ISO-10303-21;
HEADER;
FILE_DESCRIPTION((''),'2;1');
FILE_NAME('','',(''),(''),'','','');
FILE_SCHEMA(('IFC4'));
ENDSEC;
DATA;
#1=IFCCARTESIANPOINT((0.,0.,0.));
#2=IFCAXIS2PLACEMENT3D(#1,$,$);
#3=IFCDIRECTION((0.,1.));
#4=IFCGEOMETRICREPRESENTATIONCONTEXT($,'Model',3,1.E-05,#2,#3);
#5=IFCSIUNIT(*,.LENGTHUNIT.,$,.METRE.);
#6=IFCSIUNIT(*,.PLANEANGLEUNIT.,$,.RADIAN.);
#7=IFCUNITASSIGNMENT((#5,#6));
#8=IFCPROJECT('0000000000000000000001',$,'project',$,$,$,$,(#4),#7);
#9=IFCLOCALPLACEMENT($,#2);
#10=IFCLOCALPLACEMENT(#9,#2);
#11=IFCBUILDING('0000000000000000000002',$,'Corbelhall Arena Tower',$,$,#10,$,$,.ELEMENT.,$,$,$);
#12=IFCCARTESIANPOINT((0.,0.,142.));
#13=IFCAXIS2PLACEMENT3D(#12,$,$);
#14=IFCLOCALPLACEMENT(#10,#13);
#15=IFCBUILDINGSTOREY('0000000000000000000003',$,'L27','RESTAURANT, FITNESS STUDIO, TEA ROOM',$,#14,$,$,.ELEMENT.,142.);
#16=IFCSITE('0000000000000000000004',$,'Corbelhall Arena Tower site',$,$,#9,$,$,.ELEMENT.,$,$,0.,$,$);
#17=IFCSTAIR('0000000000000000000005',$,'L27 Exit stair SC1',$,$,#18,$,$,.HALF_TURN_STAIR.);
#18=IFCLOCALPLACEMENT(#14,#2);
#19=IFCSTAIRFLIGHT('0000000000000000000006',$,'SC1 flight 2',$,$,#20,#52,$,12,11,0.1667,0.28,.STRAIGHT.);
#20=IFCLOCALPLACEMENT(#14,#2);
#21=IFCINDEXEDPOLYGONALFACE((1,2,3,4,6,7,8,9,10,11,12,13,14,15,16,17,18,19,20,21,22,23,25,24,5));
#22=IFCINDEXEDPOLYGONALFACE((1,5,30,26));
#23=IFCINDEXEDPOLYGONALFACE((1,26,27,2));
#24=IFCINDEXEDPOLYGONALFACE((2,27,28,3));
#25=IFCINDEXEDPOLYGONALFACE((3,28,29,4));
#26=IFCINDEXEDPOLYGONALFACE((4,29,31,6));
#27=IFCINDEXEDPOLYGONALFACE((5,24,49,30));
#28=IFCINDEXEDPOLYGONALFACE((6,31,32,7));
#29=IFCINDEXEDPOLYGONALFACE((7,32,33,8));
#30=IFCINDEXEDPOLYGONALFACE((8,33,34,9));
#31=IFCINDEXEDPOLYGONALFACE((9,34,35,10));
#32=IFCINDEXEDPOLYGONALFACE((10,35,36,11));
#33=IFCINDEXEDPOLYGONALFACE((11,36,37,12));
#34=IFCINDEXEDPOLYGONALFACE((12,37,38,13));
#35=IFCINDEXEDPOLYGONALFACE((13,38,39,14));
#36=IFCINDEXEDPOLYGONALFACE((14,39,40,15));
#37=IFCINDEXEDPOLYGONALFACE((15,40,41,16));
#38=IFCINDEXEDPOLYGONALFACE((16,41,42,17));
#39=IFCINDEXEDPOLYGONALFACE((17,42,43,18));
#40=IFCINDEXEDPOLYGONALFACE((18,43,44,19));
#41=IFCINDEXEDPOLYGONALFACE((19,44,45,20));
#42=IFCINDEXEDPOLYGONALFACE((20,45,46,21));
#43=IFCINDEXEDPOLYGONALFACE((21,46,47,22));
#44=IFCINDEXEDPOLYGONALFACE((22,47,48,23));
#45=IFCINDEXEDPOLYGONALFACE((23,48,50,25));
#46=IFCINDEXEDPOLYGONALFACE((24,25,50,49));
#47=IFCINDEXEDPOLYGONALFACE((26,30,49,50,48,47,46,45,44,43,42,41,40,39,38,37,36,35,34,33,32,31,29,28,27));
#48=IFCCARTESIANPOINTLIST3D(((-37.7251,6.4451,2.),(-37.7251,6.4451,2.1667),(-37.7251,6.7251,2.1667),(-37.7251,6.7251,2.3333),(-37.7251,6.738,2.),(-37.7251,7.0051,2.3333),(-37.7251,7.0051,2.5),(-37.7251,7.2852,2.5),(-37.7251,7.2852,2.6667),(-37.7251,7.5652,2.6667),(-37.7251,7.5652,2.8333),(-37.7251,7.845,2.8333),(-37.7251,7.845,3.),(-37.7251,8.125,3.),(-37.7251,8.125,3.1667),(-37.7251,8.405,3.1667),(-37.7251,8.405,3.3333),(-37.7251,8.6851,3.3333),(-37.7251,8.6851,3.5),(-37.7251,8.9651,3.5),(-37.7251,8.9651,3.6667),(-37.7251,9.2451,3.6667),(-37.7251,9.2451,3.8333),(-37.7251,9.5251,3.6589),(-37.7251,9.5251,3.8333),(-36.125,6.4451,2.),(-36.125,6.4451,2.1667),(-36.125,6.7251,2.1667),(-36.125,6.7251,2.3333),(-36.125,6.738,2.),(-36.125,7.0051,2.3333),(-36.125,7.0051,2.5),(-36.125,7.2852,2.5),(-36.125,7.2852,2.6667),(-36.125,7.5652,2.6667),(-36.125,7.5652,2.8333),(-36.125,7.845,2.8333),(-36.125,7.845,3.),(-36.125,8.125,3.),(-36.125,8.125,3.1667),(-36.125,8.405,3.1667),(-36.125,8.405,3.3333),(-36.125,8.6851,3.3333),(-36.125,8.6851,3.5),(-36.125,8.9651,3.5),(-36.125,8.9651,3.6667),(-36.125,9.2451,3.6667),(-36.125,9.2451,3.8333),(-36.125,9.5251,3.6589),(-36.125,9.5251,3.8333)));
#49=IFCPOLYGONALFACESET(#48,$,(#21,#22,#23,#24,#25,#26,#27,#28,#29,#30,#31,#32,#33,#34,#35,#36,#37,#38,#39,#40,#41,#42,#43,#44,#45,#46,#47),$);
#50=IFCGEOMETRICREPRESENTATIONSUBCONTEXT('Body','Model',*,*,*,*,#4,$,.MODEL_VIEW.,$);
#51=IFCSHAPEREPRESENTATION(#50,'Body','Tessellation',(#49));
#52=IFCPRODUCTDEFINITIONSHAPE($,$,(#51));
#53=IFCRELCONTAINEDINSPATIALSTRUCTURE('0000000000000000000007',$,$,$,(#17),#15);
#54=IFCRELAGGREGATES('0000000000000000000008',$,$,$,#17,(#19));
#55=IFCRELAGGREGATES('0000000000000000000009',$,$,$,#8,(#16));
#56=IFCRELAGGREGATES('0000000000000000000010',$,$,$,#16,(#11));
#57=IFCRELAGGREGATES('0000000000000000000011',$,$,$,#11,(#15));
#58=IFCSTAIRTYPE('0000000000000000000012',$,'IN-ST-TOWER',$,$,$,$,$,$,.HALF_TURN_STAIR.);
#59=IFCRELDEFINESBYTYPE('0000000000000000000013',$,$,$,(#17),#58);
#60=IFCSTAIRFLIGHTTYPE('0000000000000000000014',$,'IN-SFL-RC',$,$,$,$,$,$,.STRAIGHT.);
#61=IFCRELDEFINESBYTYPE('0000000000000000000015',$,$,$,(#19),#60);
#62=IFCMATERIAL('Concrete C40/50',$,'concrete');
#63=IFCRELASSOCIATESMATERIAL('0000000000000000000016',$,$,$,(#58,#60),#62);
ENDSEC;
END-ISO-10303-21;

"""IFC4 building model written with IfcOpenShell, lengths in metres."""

from ifc_helpers import new_model, si_unit, direction, frame, origin, place, context, subcontext, project, spatial, polyline, outline, extrude, material, type_object, element, aggregate, save


model = new_model("IFC4")

# Units and contexts
model_context = context("Model", 3, precision=1e-05, world=origin(), true_north=direction((0.0, 1.0)))
body_context = subcontext(model_context, "Body", "Model", "MODEL_VIEW")
ifc_project = project(units=[si_unit("LENGTHUNIT", "METRE"), si_unit("PLANEANGLEUNIT", "RADIAN")], contexts=[model_context])

# Site, building, storey
site_placement = place(None, origin())
site = spatial("IfcSite", under=ifc_project, at=site_placement, Name="Corbelhall Arena Tower site", CompositionType="ELEMENT", RefElevation=0.0)
building_placement = place(site_placement, origin())
building = spatial("IfcBuilding", under=site, at=building_placement, Name="Corbelhall Arena Tower", CompositionType="ELEMENT")
storey_placement = place(building_placement, frame((0.0, 0.0, 142.0)))
storey = spatial("IfcBuildingStorey", under=building, at=storey_placement, Name="L27", Description="RESTAURANT, FITNESS STUDIO, TEA ROOM", CompositionType="ELEMENT", Elevation=142.0)

# Shared definitions
ifc_material_1 = material(Name="Concrete C40/50", Category="concrete")

# Stair, stair flight
stair_type = type_object("IfcStairType", Name="IN-ST-TOWER", PredefinedType="HALF_TURN_STAIR", material=ifc_material_1)
stair_placement = place(storey_placement, origin())
stair = element("IfcStair", 1, at=stair_placement, inside=storey, type_object=stair_type, Name="L27 Exit stair SC1", PredefinedType="HALF_TURN_STAIR")
stair_flight_type = type_object("IfcStairFlightType", Name="IN-SFL-RC", PredefinedType="STRAIGHT", material=ifc_material_1)
stair_flight_1_placement = place(storey_placement, frame((-36.925, 6.4451, 2.0), z_axis=(0.0, 0.0, 1.0), x_axis=(0.0, 1.0, 0.0)))
stair_flight_1 = element("IfcStairFlight", 2, at=stair_flight_1_placement, type_object=stair_flight_type, Name="SC1 flight 2", NumberOfRisers=12, NumberOfTreads=11, PredefinedType="STRAIGHT", RiserHeight=0.1667, TreadLength=0.28, context=body_context, shape_type="SweptSolid", body=[
    extrude(outline(polyline([(0.0, 0.0), (0.0, 0.1667), (0.28, 0.1667), (0.28, 0.3333), (0.5601, 0.3333), (0.5601, 0.5), (0.8401, 0.5), (0.8401, 0.6667), (1.1201, 0.6667), (1.1201, 0.8333), (1.3999, 0.8333), (1.3999, 1.0), (1.6799, 1.0), (1.6799, 1.1667), (1.96, 1.1667), (1.96, 1.3333), (2.24, 1.3333), (2.24, 1.5), (2.52, 1.5), (2.52, 1.6667), (2.8, 1.6667), (2.8, 1.8333), (3.0801, 1.8333), (3.0801, 2.0), (3.0801, 1.6589), (0.293, 0.0), (0.0, 0.0)])), frame((0.0, 0.8, 0.0), z_axis=(0.0, -1.0, 0.0), x_axis=(1.0, 0.0, 0.0)), (0.0, 0.0, 1.0), 1.6001),
])
aggregate(stair, [stair_flight_1])

save(model, "model.ifc")
